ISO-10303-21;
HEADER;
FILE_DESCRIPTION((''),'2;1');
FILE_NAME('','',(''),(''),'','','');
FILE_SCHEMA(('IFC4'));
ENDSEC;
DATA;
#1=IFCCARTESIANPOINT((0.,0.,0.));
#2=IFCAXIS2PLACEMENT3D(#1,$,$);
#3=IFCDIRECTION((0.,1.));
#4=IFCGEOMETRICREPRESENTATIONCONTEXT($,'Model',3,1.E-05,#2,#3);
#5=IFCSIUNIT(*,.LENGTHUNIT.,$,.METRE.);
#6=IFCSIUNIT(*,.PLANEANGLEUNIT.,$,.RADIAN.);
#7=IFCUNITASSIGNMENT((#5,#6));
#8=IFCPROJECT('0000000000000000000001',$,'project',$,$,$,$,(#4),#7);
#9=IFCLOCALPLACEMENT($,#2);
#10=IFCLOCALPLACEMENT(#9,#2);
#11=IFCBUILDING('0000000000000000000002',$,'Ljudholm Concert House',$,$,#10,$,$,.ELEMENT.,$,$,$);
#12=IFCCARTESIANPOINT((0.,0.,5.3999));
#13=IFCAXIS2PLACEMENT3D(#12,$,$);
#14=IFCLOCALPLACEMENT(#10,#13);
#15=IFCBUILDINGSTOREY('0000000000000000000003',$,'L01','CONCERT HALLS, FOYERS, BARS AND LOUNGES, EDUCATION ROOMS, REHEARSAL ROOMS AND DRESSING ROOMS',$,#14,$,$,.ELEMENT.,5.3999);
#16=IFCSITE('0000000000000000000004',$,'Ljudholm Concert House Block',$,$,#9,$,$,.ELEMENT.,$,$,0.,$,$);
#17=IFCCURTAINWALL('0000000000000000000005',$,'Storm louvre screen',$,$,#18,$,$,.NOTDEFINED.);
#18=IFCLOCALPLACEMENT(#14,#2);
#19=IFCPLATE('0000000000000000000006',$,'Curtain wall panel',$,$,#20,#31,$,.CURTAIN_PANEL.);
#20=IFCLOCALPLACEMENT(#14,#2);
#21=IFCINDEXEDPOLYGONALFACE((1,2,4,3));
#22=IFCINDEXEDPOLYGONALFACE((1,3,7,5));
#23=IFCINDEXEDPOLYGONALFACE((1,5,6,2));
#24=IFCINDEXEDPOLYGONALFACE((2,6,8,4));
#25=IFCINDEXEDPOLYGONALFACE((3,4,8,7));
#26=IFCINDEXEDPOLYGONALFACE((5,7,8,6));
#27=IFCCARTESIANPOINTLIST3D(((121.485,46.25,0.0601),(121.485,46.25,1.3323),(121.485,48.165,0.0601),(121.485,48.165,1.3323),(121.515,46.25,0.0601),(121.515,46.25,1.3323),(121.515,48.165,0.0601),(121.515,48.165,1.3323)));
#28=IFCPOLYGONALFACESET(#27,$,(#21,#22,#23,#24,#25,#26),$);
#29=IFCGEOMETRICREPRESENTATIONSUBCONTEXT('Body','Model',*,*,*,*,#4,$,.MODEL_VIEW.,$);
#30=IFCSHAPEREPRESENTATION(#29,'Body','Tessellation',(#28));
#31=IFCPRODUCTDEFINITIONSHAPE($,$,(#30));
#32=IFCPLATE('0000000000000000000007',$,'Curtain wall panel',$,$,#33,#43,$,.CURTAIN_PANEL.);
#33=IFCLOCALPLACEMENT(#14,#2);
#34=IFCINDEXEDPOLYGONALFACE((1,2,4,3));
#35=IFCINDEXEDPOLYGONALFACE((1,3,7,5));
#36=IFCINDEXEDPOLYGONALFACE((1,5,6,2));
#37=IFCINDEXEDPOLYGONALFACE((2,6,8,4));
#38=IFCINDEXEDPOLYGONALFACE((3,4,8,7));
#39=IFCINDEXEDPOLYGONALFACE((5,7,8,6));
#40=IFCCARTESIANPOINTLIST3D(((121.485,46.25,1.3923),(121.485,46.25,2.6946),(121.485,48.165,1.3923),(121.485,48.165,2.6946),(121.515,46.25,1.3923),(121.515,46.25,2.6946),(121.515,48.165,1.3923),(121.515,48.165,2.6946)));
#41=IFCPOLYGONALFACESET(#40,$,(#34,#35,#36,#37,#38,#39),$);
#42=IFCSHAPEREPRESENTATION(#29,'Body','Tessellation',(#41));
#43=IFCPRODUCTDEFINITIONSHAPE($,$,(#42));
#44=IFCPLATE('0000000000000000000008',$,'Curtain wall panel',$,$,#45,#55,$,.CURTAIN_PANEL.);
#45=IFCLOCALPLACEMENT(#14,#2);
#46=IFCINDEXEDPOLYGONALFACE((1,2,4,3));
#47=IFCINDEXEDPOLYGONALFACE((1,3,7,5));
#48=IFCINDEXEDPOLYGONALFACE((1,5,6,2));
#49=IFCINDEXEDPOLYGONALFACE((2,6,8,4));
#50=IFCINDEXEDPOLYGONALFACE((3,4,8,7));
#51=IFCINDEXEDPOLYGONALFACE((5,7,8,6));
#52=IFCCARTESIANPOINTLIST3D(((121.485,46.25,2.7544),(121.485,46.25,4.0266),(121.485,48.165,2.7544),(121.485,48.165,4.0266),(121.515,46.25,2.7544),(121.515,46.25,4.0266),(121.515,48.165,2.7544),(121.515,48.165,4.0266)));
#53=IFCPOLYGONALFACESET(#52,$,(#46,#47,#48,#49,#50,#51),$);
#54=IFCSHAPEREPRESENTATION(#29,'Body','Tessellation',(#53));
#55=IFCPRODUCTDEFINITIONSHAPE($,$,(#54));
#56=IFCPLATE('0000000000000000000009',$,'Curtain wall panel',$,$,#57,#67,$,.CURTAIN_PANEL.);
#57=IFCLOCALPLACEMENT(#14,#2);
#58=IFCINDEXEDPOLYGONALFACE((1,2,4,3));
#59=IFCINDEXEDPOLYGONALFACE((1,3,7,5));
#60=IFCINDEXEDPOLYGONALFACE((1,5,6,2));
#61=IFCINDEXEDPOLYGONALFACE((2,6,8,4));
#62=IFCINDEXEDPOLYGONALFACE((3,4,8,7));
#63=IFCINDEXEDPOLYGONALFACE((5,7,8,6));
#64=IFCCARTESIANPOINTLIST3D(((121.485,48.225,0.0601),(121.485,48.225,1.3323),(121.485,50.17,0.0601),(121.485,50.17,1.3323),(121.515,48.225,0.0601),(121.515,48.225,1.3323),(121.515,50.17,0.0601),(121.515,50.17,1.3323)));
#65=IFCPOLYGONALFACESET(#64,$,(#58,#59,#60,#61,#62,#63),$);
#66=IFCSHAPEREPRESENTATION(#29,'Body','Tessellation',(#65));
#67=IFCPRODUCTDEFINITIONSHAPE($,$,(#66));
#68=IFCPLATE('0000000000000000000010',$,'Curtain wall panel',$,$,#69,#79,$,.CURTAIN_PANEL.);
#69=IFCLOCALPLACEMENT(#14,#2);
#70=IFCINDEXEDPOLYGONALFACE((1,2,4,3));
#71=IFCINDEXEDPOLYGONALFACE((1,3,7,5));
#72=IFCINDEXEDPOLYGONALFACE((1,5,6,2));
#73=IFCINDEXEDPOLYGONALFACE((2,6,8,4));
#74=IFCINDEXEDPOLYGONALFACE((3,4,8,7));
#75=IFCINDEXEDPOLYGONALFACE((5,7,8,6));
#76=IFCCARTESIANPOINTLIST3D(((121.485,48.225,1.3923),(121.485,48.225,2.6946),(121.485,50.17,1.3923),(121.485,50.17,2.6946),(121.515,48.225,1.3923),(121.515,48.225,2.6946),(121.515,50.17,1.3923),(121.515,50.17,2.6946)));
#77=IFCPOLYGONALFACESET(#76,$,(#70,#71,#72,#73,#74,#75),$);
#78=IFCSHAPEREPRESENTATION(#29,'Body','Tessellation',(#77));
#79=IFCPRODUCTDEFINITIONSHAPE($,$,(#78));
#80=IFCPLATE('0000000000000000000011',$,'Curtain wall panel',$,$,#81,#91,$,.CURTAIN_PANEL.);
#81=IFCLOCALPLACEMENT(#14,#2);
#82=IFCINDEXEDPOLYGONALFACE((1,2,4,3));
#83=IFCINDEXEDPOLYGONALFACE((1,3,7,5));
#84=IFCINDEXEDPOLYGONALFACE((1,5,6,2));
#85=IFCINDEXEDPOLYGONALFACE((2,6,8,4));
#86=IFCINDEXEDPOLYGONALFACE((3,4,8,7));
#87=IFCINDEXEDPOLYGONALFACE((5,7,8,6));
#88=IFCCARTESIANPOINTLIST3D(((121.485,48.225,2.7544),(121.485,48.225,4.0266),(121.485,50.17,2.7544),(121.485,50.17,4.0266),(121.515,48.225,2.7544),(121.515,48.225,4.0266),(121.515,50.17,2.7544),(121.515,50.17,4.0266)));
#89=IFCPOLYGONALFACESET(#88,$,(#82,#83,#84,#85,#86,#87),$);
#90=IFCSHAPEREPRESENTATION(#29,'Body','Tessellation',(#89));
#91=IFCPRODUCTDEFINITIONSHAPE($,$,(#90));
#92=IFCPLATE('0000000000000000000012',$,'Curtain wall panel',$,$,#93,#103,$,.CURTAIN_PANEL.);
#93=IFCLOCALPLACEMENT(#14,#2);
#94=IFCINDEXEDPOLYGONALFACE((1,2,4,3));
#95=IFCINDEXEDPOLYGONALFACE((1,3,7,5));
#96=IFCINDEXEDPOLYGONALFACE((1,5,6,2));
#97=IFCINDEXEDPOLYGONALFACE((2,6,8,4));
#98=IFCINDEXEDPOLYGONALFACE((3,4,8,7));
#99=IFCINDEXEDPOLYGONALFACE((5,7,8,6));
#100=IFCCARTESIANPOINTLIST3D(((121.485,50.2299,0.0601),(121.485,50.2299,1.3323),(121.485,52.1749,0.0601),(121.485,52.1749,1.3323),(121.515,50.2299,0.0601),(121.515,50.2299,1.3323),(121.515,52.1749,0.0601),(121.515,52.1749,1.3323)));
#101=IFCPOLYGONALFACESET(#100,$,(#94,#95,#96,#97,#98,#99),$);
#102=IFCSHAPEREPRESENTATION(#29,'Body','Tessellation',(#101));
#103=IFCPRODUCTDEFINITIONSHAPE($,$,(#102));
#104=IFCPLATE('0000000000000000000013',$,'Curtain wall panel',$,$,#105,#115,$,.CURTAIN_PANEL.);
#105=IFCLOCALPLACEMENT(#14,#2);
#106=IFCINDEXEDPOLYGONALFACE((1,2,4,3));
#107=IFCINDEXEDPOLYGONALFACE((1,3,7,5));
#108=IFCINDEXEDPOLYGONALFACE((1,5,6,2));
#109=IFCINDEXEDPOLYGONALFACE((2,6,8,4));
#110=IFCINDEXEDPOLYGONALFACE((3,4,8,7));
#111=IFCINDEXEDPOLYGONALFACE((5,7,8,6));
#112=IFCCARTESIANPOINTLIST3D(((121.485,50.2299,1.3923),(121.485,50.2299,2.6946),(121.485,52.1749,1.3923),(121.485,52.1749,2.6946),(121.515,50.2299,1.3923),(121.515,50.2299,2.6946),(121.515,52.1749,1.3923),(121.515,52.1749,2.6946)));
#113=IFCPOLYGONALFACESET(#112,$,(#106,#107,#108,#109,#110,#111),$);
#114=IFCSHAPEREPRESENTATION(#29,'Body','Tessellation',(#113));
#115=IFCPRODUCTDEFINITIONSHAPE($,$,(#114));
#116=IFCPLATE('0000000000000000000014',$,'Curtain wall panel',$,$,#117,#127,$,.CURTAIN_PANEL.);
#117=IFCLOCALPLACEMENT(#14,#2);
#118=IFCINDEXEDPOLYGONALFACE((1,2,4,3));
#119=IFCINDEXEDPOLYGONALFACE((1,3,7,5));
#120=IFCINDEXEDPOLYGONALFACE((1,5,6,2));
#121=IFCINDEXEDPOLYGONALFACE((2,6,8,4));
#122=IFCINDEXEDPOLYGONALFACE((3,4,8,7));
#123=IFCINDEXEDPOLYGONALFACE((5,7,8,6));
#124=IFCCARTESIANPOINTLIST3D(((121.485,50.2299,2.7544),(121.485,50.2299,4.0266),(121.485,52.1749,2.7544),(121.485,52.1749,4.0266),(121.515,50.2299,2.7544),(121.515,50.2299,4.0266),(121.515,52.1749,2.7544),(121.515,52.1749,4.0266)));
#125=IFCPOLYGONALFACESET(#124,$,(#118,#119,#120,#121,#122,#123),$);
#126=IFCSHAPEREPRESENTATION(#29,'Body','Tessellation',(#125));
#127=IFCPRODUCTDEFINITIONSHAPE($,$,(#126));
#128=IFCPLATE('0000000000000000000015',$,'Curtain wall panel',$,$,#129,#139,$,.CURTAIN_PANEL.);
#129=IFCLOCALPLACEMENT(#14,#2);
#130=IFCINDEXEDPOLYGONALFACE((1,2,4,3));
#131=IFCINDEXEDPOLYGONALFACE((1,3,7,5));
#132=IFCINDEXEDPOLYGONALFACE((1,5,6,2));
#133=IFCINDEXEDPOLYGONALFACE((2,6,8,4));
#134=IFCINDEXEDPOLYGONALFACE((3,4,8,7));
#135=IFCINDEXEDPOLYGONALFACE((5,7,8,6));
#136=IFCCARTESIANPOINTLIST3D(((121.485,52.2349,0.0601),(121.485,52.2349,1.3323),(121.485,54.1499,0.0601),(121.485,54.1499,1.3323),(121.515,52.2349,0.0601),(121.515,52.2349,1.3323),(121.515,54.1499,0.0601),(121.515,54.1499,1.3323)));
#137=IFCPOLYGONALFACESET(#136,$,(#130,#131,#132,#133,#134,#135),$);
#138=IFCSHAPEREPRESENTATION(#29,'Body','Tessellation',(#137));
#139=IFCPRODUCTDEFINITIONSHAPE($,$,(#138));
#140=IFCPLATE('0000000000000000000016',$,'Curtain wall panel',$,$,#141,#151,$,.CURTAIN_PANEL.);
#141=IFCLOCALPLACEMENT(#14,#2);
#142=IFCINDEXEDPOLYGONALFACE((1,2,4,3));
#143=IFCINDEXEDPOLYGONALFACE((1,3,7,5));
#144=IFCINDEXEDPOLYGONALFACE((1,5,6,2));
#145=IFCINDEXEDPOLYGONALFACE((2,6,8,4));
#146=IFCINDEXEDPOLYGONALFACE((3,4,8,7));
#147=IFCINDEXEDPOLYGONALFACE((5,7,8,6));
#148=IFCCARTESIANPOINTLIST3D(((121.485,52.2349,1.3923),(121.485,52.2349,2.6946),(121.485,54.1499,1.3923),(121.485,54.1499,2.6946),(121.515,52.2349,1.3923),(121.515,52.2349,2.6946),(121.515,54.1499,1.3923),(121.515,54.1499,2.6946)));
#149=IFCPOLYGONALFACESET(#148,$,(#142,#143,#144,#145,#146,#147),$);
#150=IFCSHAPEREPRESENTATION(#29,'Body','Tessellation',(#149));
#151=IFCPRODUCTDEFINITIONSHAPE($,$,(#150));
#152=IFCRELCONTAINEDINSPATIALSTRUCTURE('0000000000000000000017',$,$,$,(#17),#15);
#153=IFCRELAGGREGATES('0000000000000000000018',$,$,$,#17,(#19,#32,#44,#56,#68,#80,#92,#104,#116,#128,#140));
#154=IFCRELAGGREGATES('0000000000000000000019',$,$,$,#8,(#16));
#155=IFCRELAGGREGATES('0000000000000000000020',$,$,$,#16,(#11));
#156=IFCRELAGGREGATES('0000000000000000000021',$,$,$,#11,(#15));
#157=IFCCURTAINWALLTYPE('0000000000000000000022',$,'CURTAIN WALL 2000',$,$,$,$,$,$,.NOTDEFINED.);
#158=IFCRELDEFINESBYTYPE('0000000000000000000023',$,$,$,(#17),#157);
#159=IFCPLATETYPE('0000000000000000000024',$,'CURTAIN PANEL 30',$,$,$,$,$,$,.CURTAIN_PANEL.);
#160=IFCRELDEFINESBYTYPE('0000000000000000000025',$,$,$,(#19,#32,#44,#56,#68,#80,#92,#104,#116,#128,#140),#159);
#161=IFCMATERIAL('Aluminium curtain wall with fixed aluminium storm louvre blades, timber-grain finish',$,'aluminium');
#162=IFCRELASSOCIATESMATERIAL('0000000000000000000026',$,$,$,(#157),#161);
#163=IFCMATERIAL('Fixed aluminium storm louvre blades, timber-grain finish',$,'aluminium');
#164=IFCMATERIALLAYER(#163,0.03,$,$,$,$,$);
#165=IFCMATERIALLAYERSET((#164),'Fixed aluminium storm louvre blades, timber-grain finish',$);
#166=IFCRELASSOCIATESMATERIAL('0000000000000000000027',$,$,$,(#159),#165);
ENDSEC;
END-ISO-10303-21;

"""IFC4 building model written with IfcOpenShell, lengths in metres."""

from ifc_helpers import new_model, si_unit, direction, frame, origin, origin_2d, place, context, subcontext, project, spatial, rectangle, extrude, material, layer, layer_set, type_object, element, aggregate, save


model = new_model("IFC4")

# Units and contexts
model_context = context("Model", 3, precision=1e-05, world=origin(), true_north=direction((0.0, 1.0)))
body_context = subcontext(model_context, "Body", "Model", "MODEL_VIEW")
ifc_project = project(units=[si_unit("LENGTHUNIT", "METRE"), si_unit("PLANEANGLEUNIT", "RADIAN")], contexts=[model_context])

# Site, building, storey
site_placement = place(None, origin())
site = spatial("IfcSite", under=ifc_project, at=site_placement, Name="Ljudholm Concert House Block", CompositionType="ELEMENT", RefElevation=0.0)
building_placement = place(site_placement, origin())
building = spatial("IfcBuilding", under=site, at=building_placement, Name="Ljudholm Concert House", CompositionType="ELEMENT")
storey_placement = place(building_placement, frame((0.0, 0.0, 5.3999)))
storey = spatial("IfcBuildingStorey", under=building, at=storey_placement, Name="L01", Description="CONCERT HALLS, FOYERS, BARS AND LOUNGES, EDUCATION ROOMS, REHEARSAL ROOMS AND DRESSING ROOMS", CompositionType="ELEMENT", Elevation=5.3999)

# Curtain wall, plates
ifc_material_1 = material(Name="Aluminium curtain wall with fixed aluminium storm louvre blades, timber-grain finish", Category="aluminium")
curtain_wall_type = type_object("IfcCurtainWallType", Name="CURTAIN WALL 2000", PredefinedType="NOTDEFINED", material=ifc_material_1)
curtain_wall_placement = place(storey_placement, origin())
curtain_wall = element("IfcCurtainWall", 1, at=curtain_wall_placement, inside=storey, type_object=curtain_wall_type, Name="Storm louvre screen", PredefinedType="NOTDEFINED")
ifc_material_2 = material(Name="Fixed aluminium storm louvre blades, timber-grain finish", Category="aluminium")
ifc_layer = layer(ifc_material_2, 0.03)
ifc_layer_set = layer_set([ifc_layer], Name="Fixed aluminium storm louvre blades, timber-grain finish")
plate_type = type_object("IfcPlateType", Name="CURTAIN PANEL 30", PredefinedType="CURTAIN_PANEL", material=ifc_layer_set)
plate_1_placement = place(storey_placement, frame((121.5, 47.2075, 0.0601), z_axis=(0.0, 0.0, 1.0), x_axis=(0.0, 1.0, 0.0)))
plate_1 = element("IfcPlate", 2, at=plate_1_placement, type_object=plate_type, Name="Curtain wall panel", PredefinedType="CURTAIN_PANEL", context=body_context, shape_type="SweptSolid", body=[
    extrude(rectangle(XDim=1.915, YDim=0.03, at=origin_2d()), origin(), (0.0, 0.0, 1.0), 1.2722),
])
plate_2_placement = place(storey_placement, frame((121.5, 47.2075, 1.3923), z_axis=(0.0, 0.0, 1.0), x_axis=(0.0, 1.0, 0.0)))
plate_2 = element("IfcPlate", 3, at=plate_2_placement, type_object=plate_type, Name="Curtain wall panel", PredefinedType="CURTAIN_PANEL", context=body_context, shape_type="SweptSolid", body=[
    extrude(rectangle(XDim=1.915, YDim=0.03, at=origin_2d()), origin(), (0.0, 0.0, 1.0), 1.3022),
])
plate_3_placement = place(storey_placement, frame((121.5, 47.2075, 2.7544), z_axis=(0.0, 0.0, 1.0), x_axis=(0.0, 1.0, 0.0)))
plate_3 = element("IfcPlate", 4, at=plate_3_placement, type_object=plate_type, Name="Curtain wall panel", PredefinedType="CURTAIN_PANEL", context=body_context, shape_type="SweptSolid", body=[
    extrude(rectangle(XDim=1.915, YDim=0.03, at=origin_2d()), origin(), (0.0, 0.0, 1.0), 1.2722),
])
plate_4_placement = place(storey_placement, frame((121.5, 49.1975, 0.0601), z_axis=(0.0, 0.0, 1.0), x_axis=(0.0, 1.0, 0.0)))
plate_4 = element("IfcPlate", 5, at=plate_4_placement, type_object=plate_type, Name="Curtain wall panel", PredefinedType="CURTAIN_PANEL", context=body_context, shape_type="SweptSolid", body=[
    extrude(rectangle(XDim=1.9451, YDim=0.03, at=origin_2d()), origin(), (0.0, 0.0, 1.0), 1.2722),
])
plate_5_placement = place(storey_placement, frame((121.5, 49.1975, 1.3923), z_axis=(0.0, 0.0, 1.0), x_axis=(0.0, 1.0, 0.0)))
plate_5 = element("IfcPlate", 6, at=plate_5_placement, type_object=plate_type, Name="Curtain wall panel", PredefinedType="CURTAIN_PANEL", context=body_context, shape_type="SweptSolid", body=[
    extrude(rectangle(XDim=1.9451, YDim=0.03, at=origin_2d()), origin(), (0.0, 0.0, 1.0), 1.3022),
])
plate_6_placement = place(storey_placement, frame((121.5, 49.1975, 2.7544), z_axis=(0.0, 0.0, 1.0), x_axis=(0.0, 1.0, 0.0)))
plate_6 = element("IfcPlate", 7, at=plate_6_placement, type_object=plate_type, Name="Curtain wall panel", PredefinedType="CURTAIN_PANEL", context=body_context, shape_type="SweptSolid", body=[
    extrude(rectangle(XDim=1.9451, YDim=0.03, at=origin_2d()), origin(), (0.0, 0.0, 1.0), 1.2722),
])
plate_7_placement = place(storey_placement, frame((121.5, 51.2024, 0.0601), z_axis=(0.0, 0.0, 1.0), x_axis=(0.0, 1.0, 0.0)))
plate_7 = element("IfcPlate", 8, at=plate_7_placement, type_object=plate_type, Name="Curtain wall panel", PredefinedType="CURTAIN_PANEL", context=body_context, shape_type="SweptSolid", body=[
    extrude(rectangle(XDim=1.9451, YDim=0.03, at=origin_2d()), origin(), (0.0, 0.0, 1.0), 1.2722),
])
plate_8_placement = place(storey_placement, frame((121.5, 51.2024, 1.3923), z_axis=(0.0, 0.0, 1.0), x_axis=(0.0, 1.0, 0.0)))
plate_8 = element("IfcPlate", 9, at=plate_8_placement, type_object=plate_type, Name="Curtain wall panel", PredefinedType="CURTAIN_PANEL", context=body_context, shape_type="SweptSolid", body=[
    extrude(rectangle(XDim=1.9451, YDim=0.03, at=origin_2d()), origin(), (0.0, 0.0, 1.0), 1.3022),
])
plate_9_placement = place(storey_placement, frame((121.5, 51.2024, 2.7544), z_axis=(0.0, 0.0, 1.0), x_axis=(0.0, 1.0, 0.0)))
plate_9 = element("IfcPlate", 10, at=plate_9_placement, type_object=plate_type, Name="Curtain wall panel", PredefinedType="CURTAIN_PANEL", context=body_context, shape_type="SweptSolid", body=[
    extrude(rectangle(XDim=1.9451, YDim=0.03, at=origin_2d()), origin(), (0.0, 0.0, 1.0), 1.2722),
])
plate_10_placement = place(storey_placement, frame((121.5, 53.1924, 0.0601), z_axis=(0.0, 0.0, 1.0), x_axis=(0.0, 1.0, 0.0)))
plate_10 = element("IfcPlate", 11, at=plate_10_placement, type_object=plate_type, Name="Curtain wall panel", PredefinedType="CURTAIN_PANEL", context=body_context, shape_type="SweptSolid", body=[
    extrude(rectangle(XDim=1.915, YDim=0.03, at=origin_2d()), origin(), (0.0, 0.0, 1.0), 1.2722),
])
plate_11_placement = place(storey_placement, frame((121.5, 53.1924, 1.3923), z_axis=(0.0, 0.0, 1.0), x_axis=(0.0, 1.0, 0.0)))
plate_11 = element("IfcPlate", 12, at=plate_11_placement, type_object=plate_type, Name="Curtain wall panel", PredefinedType="CURTAIN_PANEL", context=body_context, shape_type="SweptSolid", body=[
    extrude(rectangle(XDim=1.915, YDim=0.03, at=origin_2d()), origin(), (0.0, 0.0, 1.0), 1.3022),
])
aggregate(curtain_wall, [plate_1, plate_2, plate_3, plate_4, plate_5, plate_6, plate_7, plate_8, plate_9, plate_10, plate_11])

save(model, "model.ifc")
